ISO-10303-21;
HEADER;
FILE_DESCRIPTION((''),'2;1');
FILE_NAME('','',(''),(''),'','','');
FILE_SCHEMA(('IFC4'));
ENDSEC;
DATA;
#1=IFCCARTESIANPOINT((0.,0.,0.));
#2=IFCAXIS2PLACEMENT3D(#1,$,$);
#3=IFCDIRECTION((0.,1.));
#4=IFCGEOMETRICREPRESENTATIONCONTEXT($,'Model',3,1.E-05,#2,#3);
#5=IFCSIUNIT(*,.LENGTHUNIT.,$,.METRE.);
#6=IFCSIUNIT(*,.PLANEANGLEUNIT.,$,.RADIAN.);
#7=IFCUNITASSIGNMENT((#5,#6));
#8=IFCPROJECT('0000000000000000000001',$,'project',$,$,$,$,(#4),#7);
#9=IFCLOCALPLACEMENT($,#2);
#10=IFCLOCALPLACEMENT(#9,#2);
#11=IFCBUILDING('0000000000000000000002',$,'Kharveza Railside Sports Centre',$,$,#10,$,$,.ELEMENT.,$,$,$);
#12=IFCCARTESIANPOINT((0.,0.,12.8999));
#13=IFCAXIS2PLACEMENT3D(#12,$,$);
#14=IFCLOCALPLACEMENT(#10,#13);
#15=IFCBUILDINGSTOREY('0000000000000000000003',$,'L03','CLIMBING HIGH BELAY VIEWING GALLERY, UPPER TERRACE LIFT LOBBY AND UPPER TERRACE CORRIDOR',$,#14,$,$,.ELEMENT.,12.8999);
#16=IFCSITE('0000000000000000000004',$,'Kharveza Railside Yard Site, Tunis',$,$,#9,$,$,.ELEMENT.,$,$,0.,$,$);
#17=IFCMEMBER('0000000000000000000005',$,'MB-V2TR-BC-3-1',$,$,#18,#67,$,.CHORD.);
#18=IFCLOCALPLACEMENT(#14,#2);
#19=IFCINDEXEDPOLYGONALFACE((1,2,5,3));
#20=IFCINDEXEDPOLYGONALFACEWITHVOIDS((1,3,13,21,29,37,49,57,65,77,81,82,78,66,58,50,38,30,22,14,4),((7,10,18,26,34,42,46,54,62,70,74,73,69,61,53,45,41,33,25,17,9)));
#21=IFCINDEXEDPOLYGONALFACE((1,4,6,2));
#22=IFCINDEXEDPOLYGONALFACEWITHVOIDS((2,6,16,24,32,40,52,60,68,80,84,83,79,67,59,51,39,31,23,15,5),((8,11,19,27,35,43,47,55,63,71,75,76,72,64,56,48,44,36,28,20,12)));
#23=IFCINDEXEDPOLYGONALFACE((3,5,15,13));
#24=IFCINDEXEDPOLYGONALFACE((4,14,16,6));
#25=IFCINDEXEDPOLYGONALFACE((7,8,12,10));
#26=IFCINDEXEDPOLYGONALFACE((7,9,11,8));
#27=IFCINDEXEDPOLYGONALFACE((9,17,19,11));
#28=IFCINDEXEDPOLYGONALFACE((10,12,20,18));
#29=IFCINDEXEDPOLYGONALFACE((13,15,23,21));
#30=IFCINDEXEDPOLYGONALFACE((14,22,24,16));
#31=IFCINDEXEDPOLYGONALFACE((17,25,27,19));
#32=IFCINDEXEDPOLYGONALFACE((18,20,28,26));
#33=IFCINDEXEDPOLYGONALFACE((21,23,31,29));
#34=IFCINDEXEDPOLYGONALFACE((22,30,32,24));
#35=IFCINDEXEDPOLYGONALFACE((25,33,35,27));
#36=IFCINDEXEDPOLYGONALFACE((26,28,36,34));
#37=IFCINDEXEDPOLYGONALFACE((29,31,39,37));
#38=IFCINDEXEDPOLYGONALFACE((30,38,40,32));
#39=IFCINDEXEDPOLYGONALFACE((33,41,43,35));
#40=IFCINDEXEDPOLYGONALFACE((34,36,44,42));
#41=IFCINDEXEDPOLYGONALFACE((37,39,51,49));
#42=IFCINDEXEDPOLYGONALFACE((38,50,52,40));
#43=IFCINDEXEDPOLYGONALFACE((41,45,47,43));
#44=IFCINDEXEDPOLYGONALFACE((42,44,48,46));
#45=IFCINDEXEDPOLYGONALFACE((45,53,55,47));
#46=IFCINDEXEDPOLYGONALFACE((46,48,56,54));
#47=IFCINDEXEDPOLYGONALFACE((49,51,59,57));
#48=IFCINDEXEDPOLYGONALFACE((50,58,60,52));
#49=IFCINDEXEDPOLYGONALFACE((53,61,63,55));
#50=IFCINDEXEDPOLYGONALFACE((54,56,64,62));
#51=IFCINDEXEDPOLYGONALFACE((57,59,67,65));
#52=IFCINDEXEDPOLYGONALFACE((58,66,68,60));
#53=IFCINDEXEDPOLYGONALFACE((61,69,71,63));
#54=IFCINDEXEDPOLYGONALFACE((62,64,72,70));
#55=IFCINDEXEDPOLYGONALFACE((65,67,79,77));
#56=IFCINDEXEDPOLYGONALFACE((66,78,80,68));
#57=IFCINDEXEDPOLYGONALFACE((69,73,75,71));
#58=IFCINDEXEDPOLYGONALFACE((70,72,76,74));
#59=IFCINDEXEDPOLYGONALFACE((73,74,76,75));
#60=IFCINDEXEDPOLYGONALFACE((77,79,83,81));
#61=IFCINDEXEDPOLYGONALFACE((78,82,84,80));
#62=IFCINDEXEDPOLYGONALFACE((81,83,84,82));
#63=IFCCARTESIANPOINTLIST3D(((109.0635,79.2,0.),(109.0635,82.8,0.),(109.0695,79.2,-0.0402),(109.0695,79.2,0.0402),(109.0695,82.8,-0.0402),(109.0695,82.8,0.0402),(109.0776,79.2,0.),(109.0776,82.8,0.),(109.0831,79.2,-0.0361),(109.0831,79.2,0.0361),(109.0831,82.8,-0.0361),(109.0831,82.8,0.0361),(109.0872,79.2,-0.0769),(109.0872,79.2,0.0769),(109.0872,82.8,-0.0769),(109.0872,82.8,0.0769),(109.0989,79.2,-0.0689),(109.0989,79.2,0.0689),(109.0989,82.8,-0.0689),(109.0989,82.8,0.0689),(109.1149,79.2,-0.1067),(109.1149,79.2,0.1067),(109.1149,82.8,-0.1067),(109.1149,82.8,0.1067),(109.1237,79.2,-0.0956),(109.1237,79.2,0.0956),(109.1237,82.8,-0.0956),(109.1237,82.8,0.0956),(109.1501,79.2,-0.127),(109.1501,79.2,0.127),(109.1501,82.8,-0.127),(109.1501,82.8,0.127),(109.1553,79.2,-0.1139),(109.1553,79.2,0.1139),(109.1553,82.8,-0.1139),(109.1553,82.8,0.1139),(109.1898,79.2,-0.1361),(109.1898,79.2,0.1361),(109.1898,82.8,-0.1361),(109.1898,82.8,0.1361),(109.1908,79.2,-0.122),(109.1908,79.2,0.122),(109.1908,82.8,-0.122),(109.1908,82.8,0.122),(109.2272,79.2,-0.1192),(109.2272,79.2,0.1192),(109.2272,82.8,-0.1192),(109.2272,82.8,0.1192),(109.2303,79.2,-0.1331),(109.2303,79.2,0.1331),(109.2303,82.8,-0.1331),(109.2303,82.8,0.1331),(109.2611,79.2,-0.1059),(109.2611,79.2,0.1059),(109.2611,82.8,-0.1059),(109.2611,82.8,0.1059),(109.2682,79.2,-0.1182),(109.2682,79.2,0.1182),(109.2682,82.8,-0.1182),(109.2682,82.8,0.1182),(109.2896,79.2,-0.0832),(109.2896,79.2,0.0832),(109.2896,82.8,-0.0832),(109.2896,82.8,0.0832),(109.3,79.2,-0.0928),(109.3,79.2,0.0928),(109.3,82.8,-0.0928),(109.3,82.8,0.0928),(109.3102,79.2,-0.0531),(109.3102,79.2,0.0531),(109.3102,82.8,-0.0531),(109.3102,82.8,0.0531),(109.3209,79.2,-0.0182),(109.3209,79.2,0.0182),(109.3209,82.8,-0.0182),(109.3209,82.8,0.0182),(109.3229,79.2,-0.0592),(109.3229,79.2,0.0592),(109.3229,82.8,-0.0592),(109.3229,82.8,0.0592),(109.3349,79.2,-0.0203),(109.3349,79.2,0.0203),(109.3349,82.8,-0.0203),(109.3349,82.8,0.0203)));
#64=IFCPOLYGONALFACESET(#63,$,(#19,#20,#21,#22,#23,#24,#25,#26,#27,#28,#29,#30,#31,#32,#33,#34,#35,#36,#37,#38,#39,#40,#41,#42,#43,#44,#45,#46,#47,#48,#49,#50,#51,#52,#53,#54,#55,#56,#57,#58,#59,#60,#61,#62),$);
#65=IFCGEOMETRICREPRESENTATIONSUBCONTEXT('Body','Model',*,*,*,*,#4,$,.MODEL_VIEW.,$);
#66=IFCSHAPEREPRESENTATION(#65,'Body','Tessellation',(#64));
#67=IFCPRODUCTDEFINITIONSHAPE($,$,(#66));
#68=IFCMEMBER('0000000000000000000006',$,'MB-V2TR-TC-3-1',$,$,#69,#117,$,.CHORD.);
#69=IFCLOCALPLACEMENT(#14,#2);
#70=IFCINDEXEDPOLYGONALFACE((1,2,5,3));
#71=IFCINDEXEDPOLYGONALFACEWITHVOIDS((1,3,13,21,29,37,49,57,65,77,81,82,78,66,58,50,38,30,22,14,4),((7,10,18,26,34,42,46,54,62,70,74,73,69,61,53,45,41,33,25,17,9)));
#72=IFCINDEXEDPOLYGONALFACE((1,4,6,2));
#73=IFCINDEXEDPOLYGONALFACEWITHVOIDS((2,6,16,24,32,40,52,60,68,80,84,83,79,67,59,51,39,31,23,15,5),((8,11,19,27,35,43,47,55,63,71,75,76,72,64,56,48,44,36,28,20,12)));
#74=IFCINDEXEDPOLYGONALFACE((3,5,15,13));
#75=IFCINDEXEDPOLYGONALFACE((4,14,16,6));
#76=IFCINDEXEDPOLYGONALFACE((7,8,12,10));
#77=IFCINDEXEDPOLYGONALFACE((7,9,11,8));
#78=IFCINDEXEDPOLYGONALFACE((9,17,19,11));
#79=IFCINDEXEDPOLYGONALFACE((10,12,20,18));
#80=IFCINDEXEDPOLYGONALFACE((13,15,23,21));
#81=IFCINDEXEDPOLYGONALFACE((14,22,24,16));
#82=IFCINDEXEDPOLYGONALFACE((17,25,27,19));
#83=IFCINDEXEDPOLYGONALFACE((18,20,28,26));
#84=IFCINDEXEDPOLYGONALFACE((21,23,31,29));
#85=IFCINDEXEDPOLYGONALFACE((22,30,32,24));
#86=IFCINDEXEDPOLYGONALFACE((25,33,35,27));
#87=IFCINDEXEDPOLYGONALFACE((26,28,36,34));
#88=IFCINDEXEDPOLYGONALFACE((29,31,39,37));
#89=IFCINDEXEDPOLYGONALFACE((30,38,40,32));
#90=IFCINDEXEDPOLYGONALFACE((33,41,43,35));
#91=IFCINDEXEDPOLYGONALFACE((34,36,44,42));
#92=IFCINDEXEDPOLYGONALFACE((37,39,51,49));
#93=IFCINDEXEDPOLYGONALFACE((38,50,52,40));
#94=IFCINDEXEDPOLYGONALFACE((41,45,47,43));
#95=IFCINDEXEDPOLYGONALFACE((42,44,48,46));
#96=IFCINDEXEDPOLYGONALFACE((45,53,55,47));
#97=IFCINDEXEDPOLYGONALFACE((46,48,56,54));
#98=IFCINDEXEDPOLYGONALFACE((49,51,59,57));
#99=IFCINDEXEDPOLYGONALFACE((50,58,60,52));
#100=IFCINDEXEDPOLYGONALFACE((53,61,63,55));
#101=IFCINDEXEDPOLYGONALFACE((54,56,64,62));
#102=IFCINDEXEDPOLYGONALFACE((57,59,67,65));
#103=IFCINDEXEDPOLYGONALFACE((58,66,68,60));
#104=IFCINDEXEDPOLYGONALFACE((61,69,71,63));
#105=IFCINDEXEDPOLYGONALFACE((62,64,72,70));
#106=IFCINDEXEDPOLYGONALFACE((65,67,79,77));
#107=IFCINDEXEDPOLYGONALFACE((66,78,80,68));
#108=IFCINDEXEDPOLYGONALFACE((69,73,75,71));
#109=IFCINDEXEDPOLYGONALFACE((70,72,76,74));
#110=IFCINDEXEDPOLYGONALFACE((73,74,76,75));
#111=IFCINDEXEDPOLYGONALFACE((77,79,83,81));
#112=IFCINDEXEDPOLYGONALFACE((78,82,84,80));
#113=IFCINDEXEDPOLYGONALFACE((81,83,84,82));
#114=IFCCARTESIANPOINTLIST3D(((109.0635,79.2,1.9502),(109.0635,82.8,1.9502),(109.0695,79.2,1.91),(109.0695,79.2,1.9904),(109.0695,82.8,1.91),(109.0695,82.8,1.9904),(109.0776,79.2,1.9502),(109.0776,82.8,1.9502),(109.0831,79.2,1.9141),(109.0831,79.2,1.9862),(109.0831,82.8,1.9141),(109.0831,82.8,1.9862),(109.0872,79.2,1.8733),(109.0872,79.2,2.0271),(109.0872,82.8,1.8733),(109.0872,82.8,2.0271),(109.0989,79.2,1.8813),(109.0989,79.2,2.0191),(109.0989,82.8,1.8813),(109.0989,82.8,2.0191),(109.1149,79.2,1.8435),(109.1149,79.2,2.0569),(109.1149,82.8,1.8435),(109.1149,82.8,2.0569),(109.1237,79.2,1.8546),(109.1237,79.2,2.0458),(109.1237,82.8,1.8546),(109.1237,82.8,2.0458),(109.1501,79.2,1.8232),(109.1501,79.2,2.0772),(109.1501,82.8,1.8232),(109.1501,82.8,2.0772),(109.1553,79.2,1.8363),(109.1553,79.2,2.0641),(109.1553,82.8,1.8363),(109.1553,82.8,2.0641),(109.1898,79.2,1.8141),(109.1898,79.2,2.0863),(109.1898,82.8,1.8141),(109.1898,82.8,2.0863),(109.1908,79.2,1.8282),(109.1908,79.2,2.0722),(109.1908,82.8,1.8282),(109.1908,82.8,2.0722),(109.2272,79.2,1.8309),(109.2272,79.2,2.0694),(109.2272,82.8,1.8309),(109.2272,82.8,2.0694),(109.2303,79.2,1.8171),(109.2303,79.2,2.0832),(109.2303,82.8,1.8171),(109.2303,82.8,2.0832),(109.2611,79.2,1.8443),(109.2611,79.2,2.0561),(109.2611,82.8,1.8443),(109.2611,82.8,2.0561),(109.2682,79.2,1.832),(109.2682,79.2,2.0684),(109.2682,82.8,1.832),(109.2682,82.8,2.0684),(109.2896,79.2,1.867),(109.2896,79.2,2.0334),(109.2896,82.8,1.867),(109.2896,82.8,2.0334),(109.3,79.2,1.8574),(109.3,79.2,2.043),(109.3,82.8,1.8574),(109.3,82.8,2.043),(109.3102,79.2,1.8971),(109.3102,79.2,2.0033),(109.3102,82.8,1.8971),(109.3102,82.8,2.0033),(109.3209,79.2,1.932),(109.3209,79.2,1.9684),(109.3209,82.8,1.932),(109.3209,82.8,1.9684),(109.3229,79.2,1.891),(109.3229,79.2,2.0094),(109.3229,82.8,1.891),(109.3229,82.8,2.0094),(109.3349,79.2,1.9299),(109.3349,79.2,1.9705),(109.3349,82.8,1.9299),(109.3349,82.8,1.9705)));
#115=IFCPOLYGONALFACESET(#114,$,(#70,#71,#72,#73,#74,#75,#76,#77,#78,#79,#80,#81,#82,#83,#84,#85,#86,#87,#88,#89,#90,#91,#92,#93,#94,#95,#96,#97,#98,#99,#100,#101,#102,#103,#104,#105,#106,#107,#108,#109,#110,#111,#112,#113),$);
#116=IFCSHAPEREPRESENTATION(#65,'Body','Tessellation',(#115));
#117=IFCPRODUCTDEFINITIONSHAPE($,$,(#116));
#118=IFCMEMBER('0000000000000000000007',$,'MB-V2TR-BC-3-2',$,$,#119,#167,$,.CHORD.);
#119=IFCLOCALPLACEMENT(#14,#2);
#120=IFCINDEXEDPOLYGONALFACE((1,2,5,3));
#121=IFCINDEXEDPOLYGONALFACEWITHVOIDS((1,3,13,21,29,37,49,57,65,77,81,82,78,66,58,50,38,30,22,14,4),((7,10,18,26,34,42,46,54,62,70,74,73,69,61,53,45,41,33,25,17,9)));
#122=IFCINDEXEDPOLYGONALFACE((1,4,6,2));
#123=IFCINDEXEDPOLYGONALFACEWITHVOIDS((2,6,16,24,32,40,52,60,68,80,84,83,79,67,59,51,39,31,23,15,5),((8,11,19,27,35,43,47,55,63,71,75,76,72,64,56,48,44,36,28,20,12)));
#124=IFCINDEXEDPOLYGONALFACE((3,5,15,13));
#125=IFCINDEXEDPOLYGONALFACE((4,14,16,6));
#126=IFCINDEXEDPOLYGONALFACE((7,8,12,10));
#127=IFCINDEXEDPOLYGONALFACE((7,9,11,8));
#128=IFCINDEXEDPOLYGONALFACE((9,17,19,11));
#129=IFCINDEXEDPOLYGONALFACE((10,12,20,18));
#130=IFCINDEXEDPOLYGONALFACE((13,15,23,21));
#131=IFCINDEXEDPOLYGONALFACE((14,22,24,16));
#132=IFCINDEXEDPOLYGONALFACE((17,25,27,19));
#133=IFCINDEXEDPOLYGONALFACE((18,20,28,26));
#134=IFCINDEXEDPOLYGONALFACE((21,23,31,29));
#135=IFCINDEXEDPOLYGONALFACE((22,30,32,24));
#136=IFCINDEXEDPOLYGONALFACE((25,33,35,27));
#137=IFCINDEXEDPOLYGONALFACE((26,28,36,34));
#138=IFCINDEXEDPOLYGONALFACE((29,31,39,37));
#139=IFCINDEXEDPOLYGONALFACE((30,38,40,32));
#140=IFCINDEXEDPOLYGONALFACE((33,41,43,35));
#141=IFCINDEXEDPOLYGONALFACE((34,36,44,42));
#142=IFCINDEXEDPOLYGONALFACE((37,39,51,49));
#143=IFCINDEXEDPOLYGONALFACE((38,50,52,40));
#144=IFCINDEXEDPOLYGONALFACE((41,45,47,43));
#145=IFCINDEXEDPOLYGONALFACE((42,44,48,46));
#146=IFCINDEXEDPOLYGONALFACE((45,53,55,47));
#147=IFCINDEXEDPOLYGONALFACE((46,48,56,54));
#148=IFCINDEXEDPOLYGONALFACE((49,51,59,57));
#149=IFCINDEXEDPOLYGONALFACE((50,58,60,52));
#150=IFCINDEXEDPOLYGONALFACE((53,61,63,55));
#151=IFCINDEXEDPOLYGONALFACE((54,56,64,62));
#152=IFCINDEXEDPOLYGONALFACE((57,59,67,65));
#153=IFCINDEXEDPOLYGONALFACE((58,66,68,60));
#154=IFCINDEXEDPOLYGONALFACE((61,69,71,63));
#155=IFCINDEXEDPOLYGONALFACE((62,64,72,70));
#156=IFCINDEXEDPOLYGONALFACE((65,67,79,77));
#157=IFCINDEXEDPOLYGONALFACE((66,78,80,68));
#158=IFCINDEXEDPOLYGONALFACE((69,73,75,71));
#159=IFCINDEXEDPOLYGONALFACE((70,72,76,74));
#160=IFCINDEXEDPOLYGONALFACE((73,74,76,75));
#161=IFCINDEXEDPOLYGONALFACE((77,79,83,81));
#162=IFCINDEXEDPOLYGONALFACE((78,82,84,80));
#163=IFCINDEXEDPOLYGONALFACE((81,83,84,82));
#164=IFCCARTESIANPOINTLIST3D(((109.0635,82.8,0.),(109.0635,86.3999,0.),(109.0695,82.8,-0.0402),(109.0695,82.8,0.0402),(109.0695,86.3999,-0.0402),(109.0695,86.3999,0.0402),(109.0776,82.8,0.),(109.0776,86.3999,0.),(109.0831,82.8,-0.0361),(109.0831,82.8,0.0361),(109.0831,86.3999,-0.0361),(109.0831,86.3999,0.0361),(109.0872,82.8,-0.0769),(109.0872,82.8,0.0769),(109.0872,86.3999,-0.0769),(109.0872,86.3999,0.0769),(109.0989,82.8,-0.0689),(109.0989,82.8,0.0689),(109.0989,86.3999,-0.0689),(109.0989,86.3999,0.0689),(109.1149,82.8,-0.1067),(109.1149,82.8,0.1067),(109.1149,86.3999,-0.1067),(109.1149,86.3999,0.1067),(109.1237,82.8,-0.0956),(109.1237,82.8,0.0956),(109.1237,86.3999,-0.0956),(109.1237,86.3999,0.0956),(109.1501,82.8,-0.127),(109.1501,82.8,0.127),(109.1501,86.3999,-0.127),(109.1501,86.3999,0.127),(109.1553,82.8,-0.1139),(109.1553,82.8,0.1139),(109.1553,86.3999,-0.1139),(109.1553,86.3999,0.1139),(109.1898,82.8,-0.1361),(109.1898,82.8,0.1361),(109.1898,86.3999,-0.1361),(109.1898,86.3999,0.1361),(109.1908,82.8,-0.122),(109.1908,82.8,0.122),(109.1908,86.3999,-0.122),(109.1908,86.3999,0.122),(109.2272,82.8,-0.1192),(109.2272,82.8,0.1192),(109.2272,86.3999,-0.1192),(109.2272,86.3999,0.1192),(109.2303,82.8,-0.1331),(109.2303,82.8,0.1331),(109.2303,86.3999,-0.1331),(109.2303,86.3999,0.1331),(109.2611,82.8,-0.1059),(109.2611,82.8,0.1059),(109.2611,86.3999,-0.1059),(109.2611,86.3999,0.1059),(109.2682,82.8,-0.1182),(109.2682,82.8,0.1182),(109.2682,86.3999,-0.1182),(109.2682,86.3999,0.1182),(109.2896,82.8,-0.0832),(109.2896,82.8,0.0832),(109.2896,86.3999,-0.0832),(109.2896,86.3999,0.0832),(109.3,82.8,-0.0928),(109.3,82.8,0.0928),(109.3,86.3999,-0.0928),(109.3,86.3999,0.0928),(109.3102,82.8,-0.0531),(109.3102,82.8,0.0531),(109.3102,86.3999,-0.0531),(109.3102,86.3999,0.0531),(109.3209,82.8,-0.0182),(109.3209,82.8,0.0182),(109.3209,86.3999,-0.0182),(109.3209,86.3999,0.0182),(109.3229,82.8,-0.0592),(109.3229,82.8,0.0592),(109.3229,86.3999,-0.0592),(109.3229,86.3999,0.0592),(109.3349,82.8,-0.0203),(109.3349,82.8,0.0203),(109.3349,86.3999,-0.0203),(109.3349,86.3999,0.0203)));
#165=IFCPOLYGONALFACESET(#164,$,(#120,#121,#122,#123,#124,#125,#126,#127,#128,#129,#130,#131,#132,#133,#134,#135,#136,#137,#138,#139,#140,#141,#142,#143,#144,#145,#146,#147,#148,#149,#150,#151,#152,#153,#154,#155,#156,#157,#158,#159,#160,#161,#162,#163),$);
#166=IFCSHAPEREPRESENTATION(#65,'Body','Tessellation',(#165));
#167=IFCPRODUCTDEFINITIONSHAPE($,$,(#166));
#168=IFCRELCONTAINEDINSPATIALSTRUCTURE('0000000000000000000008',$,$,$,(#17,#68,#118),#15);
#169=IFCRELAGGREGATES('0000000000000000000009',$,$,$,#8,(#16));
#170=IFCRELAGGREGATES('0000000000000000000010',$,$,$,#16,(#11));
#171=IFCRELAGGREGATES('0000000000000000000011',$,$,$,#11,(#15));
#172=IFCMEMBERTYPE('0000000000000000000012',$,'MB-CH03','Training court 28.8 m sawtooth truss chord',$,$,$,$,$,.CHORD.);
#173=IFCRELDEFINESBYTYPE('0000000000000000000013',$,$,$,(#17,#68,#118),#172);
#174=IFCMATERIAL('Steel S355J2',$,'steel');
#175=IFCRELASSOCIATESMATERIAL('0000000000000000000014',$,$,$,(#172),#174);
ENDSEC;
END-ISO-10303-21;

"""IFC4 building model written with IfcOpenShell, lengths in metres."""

from ifc_helpers import new_model, si_unit, direction, frame, origin, origin_2d, place, context, subcontext, project, spatial, hollow_circle, extrude, material, material_profile, profile_set, type_object, element, save


model = new_model("IFC4")

# Units and contexts
model_context = context("Model", 3, precision=1e-05, world=origin(), true_north=direction((0.0, 1.0)))
body_context = subcontext(model_context, "Body", "Model", "MODEL_VIEW")
ifc_project = project(units=[si_unit("LENGTHUNIT", "METRE"), si_unit("PLANEANGLEUNIT", "RADIAN")], contexts=[model_context])

# Site, building, storey
site_placement = place(None, origin())
site = spatial("IfcSite", under=ifc_project, at=site_placement, Name="Kharveza Railside Yard Site, Tunis", CompositionType="ELEMENT", RefElevation=0.0)
building_placement = place(site_placement, origin())
building = spatial("IfcBuilding", under=site, at=building_placement, Name="Kharveza Railside Sports Centre", CompositionType="ELEMENT")
storey_placement = place(building_placement, frame((0.0, 0.0, 12.8999)))
storey = spatial("IfcBuildingStorey", under=building, at=storey_placement, Name="L03", Description="CLIMBING HIGH BELAY VIEWING GALLERY, UPPER TERRACE LIFT LOBBY AND UPPER TERRACE CORRIDOR", CompositionType="ELEMENT", Elevation=12.8999)

# Shared definitions
ifc_material_1 = material(Name="Steel S355J2", Category="steel")

# Members
ifc_material_profile_1 = material_profile(ifc_material_1, hollow_circle(Radius=0.1365, WallThickness=0.0142, at=origin_2d()), Name="CHS 273.0x14.2")
ifc_profile_set_1 = profile_set([ifc_material_profile_1], Name="Steel S355J2")
member_type_1 = type_object("IfcMemberType", Name="MB-CH03", Description="Training court 28.8 m sawtooth truss chord", PredefinedType="CHORD", material=ifc_profile_set_1)
for number, where, z_axis, x_axis, name in (
    (1, (109.2, 79.2, 0.0), (0.0, 1.0, 0.0), (-1.0, 0.0, 0.0), "MB-V2TR-BC-3-1"),
    (2, (109.2, 79.2, 1.9502), (0.0, 1.0, 0.0), (-1.0, 0.0, 0.0), "MB-V2TR-TC-3-1"),
):
    element("IfcMember", number, at=place(storey_placement, frame(where, z_axis=z_axis, x_axis=x_axis)), inside=storey, type_object=member_type_1, Name=name, PredefinedType="CHORD", context=body_context, shape_type="SweptSolid", body=[
        extrude(hollow_circle(Radius=0.1365, WallThickness=0.0142, at=origin_2d()), origin(), (0.0, 0.0, 1.0), 3.6001),
    ])
for number, where, z_axis, x_axis, name in (
    (3, (109.2, 82.8, 0.0), (0.0, 1.0, 0.0), (-1.0, 0.0, 0.0), "MB-V2TR-BC-3-2"),
):
    element("IfcMember", number, at=place(storey_placement, frame(where, z_axis=z_axis, x_axis=x_axis)), inside=storey, type_object=member_type_1, Name=name, PredefinedType="CHORD", context=body_context, shape_type="SweptSolid", body=[
        extrude(hollow_circle(Radius=0.1365, WallThickness=0.0142, at=origin_2d()), origin(), (0.0, 0.0, 1.0), 3.5999),
    ])

save(model, "model.ifc")
